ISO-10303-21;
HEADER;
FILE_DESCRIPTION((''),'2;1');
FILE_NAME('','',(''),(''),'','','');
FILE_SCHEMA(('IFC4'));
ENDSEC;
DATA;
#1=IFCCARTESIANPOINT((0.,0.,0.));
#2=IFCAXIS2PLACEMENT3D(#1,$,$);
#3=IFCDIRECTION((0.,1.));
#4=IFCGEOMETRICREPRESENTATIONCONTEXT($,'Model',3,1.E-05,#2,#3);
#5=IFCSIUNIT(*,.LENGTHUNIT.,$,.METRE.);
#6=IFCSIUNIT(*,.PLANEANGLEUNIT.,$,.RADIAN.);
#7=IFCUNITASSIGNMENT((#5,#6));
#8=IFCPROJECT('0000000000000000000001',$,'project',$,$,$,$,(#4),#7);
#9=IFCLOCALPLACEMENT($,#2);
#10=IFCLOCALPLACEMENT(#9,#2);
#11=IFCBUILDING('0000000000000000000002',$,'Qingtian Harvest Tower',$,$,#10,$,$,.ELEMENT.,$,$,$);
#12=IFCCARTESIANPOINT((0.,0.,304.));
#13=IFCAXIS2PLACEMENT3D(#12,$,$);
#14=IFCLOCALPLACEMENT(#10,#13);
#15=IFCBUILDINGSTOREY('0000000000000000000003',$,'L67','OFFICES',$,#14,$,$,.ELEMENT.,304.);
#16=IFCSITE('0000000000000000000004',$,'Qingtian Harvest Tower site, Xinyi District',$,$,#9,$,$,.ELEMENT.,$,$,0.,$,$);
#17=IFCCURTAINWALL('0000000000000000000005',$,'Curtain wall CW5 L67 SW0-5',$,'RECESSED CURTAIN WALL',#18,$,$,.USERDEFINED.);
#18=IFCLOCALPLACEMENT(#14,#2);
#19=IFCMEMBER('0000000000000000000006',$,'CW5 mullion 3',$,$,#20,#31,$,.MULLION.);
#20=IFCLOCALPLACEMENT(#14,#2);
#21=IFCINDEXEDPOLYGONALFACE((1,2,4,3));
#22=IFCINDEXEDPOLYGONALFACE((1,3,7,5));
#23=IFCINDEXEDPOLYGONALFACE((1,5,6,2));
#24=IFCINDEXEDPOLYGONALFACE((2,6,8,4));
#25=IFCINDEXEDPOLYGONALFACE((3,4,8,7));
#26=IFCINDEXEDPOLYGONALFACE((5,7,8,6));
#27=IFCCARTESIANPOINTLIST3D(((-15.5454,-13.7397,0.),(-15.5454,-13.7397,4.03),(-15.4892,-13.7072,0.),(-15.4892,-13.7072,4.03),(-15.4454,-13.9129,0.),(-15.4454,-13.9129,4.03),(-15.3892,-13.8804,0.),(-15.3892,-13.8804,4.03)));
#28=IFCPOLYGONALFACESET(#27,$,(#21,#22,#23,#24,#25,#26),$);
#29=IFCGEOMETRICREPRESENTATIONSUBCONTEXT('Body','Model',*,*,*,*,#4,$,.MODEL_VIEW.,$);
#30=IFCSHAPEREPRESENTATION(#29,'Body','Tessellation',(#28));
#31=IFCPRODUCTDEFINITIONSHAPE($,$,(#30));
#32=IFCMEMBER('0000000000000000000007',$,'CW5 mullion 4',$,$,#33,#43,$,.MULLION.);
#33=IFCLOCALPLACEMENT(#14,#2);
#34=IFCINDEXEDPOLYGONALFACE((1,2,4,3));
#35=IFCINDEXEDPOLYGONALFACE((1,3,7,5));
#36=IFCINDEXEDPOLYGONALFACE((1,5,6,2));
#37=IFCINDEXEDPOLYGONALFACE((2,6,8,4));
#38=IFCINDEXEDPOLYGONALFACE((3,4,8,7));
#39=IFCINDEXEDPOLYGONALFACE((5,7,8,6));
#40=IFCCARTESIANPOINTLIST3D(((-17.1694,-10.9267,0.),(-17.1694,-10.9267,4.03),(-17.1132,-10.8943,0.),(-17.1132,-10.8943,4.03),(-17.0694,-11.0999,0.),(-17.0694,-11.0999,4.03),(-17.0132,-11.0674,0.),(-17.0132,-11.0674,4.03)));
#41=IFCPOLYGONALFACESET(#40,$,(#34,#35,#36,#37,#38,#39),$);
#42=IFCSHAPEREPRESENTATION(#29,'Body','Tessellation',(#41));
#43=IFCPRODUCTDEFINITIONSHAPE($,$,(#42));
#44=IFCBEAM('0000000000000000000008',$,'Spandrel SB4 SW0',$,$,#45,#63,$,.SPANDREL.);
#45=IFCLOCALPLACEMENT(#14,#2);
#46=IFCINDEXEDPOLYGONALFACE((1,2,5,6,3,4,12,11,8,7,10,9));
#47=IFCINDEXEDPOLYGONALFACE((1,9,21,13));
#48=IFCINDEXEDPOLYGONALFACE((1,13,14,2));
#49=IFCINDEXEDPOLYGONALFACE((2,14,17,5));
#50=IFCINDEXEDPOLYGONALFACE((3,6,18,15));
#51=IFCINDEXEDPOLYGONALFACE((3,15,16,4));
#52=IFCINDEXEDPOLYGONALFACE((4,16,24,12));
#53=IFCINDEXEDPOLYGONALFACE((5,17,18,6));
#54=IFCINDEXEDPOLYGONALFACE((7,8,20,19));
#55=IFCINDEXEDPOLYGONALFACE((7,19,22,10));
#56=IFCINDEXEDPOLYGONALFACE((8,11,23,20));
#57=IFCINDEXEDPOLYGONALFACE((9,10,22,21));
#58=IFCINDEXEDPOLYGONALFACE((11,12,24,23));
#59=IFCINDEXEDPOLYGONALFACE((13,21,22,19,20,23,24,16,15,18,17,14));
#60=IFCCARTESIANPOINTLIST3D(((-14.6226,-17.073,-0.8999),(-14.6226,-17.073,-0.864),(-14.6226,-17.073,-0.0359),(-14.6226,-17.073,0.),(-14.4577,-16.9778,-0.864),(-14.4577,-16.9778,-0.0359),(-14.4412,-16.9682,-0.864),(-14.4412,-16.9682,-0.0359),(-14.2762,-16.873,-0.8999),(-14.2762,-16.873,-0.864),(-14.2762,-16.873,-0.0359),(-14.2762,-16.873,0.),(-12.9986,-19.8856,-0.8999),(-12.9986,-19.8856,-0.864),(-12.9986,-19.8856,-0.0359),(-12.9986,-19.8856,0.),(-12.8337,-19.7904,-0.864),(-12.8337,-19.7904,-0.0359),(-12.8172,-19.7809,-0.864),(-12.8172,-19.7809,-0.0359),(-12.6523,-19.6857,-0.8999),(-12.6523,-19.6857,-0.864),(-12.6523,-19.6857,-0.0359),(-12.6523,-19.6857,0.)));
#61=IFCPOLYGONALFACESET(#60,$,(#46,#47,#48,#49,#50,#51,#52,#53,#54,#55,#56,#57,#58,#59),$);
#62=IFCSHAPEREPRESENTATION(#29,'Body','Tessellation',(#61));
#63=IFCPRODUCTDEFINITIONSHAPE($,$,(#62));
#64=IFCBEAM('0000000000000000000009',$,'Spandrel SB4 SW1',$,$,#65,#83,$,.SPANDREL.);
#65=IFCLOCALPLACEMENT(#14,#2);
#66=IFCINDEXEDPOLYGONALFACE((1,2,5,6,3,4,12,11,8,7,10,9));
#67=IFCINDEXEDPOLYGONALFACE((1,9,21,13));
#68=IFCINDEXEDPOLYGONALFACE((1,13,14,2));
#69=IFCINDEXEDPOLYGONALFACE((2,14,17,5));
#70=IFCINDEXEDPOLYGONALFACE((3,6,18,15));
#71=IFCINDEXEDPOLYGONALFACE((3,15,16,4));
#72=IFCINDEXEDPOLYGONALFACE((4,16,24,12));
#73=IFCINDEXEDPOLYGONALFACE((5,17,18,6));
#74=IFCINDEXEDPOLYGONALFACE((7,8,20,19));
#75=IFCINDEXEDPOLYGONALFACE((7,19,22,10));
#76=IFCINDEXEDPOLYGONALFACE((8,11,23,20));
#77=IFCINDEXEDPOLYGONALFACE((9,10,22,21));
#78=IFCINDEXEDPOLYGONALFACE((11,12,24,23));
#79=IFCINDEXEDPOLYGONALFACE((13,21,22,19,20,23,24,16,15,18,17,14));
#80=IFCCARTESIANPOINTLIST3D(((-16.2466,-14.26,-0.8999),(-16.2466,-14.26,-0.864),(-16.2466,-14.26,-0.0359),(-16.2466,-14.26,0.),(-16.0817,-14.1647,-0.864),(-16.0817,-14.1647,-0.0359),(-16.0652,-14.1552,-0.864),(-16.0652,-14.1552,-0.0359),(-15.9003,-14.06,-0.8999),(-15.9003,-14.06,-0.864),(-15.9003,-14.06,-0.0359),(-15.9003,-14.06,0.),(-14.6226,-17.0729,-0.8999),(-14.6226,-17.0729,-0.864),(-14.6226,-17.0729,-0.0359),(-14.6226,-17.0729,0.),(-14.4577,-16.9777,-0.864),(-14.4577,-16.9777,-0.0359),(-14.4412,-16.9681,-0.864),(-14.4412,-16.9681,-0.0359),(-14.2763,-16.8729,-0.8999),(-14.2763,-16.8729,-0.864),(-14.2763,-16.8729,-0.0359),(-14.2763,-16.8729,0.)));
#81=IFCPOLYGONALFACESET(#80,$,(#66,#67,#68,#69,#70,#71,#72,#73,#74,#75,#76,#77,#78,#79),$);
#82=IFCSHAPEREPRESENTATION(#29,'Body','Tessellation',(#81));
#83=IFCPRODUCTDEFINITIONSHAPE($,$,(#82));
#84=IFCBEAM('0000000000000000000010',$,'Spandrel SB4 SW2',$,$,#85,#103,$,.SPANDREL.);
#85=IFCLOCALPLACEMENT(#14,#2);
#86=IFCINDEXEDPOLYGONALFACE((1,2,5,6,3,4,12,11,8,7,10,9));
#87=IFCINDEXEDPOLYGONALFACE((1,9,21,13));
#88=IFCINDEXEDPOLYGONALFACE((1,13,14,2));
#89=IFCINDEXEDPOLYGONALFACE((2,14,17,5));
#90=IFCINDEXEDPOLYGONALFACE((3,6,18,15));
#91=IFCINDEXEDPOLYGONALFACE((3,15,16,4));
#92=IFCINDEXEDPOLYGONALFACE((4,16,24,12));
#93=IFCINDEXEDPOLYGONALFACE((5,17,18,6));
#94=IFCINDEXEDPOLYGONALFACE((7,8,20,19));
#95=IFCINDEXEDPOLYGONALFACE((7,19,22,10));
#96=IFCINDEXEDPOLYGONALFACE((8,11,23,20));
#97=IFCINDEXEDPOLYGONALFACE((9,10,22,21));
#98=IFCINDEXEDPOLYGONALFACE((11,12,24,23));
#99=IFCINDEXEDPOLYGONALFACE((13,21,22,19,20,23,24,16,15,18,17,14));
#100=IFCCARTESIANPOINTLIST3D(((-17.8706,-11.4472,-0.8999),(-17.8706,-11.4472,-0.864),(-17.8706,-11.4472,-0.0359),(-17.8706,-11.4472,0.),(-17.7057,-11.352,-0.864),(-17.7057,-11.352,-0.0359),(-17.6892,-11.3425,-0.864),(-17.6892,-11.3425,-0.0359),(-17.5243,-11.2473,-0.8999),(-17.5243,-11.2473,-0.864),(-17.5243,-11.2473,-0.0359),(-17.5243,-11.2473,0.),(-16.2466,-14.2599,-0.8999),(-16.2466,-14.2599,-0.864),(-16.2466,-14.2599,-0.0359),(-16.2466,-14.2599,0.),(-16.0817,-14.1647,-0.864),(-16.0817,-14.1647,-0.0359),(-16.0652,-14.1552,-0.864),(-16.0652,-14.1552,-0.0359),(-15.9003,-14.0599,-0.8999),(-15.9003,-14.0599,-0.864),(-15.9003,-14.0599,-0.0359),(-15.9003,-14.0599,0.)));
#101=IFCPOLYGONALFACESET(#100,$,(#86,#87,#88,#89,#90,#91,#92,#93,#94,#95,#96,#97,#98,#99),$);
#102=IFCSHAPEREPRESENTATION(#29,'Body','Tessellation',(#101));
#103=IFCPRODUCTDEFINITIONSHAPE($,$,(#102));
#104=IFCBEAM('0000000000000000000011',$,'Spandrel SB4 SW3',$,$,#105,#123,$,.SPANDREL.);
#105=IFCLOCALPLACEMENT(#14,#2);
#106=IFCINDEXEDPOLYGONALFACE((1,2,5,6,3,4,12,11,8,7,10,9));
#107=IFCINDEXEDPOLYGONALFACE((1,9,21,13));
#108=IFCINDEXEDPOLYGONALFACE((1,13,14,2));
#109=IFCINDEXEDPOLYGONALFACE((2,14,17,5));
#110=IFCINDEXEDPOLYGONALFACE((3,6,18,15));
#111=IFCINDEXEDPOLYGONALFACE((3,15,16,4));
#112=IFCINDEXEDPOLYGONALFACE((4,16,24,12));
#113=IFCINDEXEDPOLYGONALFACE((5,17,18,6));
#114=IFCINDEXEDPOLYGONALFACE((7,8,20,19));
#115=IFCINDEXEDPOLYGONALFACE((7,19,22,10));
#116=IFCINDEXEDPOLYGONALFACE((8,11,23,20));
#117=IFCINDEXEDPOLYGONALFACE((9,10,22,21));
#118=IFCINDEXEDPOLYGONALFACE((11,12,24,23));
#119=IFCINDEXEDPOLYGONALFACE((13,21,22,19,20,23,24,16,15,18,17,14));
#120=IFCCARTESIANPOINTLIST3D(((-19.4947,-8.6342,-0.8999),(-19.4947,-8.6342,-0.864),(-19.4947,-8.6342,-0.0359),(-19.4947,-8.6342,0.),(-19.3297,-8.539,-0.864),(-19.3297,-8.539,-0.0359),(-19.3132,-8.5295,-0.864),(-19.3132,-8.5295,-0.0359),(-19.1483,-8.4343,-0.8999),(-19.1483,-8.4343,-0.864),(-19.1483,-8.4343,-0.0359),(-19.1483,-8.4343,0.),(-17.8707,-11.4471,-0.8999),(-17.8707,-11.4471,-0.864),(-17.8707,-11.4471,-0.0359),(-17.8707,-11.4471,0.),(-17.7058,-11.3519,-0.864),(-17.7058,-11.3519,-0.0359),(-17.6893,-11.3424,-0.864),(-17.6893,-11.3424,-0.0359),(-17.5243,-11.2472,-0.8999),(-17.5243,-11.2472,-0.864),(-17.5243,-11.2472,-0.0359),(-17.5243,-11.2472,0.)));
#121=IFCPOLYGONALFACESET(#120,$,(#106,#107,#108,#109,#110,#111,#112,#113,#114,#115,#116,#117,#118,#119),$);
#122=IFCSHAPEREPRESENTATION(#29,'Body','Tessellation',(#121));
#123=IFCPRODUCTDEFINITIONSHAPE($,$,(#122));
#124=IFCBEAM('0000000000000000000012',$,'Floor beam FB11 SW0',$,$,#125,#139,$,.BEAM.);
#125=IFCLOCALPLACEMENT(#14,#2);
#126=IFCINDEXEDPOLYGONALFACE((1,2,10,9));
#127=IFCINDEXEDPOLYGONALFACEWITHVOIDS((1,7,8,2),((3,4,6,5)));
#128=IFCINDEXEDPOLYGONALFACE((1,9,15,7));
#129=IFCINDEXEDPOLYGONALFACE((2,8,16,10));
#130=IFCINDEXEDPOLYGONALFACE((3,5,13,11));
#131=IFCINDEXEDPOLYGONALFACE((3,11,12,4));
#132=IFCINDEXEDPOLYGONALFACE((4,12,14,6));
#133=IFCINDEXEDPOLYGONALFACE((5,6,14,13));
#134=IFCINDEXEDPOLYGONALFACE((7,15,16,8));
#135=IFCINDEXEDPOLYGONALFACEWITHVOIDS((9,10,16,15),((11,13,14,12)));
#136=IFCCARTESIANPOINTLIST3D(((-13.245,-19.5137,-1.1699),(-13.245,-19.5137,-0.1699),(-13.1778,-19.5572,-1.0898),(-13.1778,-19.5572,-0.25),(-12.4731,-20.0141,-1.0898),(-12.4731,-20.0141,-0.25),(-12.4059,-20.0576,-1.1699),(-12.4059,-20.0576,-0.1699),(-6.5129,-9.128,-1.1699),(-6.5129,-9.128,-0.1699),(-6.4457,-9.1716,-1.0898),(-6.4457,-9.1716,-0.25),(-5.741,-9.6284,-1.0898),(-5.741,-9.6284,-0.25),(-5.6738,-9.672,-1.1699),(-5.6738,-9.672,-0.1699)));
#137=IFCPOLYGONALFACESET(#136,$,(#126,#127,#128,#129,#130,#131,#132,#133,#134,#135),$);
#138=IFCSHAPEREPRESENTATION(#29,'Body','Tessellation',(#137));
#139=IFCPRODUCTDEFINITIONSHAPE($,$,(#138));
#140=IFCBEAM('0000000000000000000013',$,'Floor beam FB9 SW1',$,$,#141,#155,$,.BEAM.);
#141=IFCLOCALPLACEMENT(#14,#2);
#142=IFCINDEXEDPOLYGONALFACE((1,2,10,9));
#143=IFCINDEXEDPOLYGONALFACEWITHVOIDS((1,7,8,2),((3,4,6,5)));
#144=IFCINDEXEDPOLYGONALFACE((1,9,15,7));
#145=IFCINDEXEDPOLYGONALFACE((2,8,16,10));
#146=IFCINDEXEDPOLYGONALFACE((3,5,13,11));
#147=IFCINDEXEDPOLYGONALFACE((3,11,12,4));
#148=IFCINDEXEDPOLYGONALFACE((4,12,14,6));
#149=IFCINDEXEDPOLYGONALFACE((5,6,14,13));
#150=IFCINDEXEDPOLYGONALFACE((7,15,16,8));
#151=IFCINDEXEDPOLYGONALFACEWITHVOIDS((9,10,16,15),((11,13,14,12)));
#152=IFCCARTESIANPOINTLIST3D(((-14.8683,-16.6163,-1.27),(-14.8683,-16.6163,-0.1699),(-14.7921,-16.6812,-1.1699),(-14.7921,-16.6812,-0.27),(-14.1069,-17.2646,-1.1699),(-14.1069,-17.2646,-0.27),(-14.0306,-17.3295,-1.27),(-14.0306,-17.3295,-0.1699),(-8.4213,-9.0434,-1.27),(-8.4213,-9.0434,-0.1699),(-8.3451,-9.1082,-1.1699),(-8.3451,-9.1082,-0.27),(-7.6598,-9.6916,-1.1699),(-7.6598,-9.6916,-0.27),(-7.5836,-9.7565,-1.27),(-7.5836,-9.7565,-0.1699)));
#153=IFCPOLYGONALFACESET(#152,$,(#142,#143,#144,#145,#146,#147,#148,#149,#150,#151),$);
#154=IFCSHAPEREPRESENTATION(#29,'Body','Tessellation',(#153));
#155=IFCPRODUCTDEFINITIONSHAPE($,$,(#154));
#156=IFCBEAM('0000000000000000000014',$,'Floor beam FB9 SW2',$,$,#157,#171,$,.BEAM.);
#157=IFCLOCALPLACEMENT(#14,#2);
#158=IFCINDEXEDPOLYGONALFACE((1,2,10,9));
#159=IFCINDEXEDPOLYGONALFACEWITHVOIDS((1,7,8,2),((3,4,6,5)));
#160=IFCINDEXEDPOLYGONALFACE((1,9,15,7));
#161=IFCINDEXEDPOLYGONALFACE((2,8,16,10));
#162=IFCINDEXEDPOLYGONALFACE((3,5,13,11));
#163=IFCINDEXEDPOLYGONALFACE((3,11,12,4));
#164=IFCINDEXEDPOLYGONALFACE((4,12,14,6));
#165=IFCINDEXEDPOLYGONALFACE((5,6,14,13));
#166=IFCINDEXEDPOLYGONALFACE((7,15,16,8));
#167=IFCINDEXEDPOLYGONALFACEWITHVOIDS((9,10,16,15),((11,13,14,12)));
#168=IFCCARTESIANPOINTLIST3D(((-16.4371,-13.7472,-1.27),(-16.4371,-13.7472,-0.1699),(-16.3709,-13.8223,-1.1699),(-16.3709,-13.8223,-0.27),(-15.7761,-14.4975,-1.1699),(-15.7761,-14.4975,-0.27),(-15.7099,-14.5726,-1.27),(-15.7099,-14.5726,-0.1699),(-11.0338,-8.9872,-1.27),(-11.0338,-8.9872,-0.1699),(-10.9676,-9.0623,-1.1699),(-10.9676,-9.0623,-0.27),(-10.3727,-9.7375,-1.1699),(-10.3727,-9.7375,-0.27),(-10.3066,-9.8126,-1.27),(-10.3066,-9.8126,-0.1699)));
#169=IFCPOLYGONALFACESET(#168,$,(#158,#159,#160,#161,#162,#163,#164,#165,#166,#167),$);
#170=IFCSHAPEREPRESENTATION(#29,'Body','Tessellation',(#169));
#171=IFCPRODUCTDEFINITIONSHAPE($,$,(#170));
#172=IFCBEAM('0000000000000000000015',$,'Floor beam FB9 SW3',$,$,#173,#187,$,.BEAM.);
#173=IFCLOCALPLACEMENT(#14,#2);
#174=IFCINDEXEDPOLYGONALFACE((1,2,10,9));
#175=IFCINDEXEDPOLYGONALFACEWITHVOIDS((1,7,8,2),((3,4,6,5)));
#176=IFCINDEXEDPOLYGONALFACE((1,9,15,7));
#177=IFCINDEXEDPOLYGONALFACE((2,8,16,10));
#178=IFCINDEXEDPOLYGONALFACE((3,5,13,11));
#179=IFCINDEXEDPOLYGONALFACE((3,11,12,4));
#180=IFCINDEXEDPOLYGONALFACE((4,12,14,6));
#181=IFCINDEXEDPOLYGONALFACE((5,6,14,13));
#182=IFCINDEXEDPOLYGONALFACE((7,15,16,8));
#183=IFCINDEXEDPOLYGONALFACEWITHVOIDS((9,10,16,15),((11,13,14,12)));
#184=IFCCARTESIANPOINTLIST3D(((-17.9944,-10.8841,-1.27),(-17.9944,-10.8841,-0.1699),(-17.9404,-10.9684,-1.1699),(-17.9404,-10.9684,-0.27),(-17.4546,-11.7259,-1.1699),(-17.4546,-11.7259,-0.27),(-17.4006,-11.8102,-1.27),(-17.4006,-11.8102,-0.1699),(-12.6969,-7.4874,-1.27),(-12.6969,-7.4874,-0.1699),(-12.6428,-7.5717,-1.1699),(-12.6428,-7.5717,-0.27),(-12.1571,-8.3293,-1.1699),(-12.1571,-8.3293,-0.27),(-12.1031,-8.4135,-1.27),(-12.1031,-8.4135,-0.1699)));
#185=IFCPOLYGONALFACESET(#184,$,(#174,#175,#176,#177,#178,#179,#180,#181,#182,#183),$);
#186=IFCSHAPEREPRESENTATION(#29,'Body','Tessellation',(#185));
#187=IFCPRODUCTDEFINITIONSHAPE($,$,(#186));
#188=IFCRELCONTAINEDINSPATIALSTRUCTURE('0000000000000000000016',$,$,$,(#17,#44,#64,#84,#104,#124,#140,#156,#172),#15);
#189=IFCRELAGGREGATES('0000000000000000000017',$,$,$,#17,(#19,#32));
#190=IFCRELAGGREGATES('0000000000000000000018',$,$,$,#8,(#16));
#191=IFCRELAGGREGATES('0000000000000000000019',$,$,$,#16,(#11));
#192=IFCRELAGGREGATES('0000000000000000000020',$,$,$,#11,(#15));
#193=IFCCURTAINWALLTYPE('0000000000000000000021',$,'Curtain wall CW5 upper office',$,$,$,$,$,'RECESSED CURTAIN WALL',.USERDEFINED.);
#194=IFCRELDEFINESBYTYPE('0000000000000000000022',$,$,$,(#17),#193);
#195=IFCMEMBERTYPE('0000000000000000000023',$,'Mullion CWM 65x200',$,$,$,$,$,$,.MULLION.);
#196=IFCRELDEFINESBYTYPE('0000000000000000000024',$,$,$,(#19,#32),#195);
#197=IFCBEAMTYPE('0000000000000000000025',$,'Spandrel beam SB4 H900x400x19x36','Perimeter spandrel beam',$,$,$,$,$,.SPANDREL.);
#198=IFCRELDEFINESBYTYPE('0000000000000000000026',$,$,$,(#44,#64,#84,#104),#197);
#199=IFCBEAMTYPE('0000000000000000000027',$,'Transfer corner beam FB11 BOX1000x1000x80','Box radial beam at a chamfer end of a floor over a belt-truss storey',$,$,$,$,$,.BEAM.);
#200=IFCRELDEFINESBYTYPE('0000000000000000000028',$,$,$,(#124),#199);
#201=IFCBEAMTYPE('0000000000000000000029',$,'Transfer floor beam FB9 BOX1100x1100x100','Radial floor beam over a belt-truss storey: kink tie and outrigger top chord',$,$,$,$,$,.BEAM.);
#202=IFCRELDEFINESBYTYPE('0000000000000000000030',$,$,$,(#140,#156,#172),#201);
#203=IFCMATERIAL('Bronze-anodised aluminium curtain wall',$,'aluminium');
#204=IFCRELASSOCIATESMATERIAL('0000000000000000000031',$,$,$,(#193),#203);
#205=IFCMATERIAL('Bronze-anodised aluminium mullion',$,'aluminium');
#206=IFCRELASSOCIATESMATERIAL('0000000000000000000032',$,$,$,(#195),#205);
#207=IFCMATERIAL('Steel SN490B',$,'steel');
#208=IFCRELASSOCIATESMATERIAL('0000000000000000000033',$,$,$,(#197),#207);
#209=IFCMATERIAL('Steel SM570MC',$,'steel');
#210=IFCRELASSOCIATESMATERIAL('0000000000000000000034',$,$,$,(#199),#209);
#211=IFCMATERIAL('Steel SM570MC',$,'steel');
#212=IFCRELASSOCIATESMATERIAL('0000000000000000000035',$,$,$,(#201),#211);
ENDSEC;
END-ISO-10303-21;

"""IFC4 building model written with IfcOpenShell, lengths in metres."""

from ifc_helpers import new_model, si_unit, direction, frame, origin, origin_2d, place, context, subcontext, project, spatial, rectangle, hollow_rectangle, i_section, extrude, material, material_profile, profile_set, type_object, element, aggregate, save


model = new_model("IFC4")

# Units and contexts
model_context = context("Model", 3, precision=1e-05, world=origin(), true_north=direction((0.0, 1.0)))
body_context = subcontext(model_context, "Body", "Model", "MODEL_VIEW")
ifc_project = project(units=[si_unit("LENGTHUNIT", "METRE"), si_unit("PLANEANGLEUNIT", "RADIAN")], contexts=[model_context])

# Site, building, storey
site_placement = place(None, origin())
site = spatial("IfcSite", under=ifc_project, at=site_placement, Name="Qingtian Harvest Tower site, Xinyi District", CompositionType="ELEMENT", RefElevation=0.0)
building_placement = place(site_placement, origin())
building = spatial("IfcBuilding", under=site, at=building_placement, Name="Qingtian Harvest Tower", CompositionType="ELEMENT")
storey_placement = place(building_placement, frame((0.0, 0.0, 304.0)))
storey = spatial("IfcBuildingStorey", under=building, at=storey_placement, Name="L67", Description="OFFICES", CompositionType="ELEMENT", Elevation=304.0)

# Shared definitions
ifc_material_1 = material(Name="Bronze-anodised aluminium curtain wall", Category="aluminium")
curtain_wall_type = type_object("IfcCurtainWallType", Name="Curtain wall CW5 upper office", ElementType="RECESSED CURTAIN WALL", PredefinedType="USERDEFINED", material=ifc_material_1)
ifc_material_2 = material(Name="Bronze-anodised aluminium mullion", Category="aluminium")
ifc_material_profile_1 = material_profile(ifc_material_2, rectangle(XDim=0.0649, YDim=0.2, at=origin_2d()), Name="AL 65x200")
ifc_profile_set_1 = profile_set([ifc_material_profile_1], Name="Bronze-anodised aluminium mullion")
member_type_1 = type_object("IfcMemberType", Name="Mullion CWM 65x200", PredefinedType="MULLION", material=ifc_profile_set_1)

# Curtain wall, members
curtain_wall_1_placement = place(storey_placement, origin())
curtain_wall_1 = element("IfcCurtainWall", 1, at=curtain_wall_1_placement, inside=storey, type_object=curtain_wall_type, Name="Curtain wall CW5 L67 SW0-5", ObjectType="RECESSED CURTAIN WALL", PredefinedType="USERDEFINED")
member_1_placement = place(storey_placement, frame((-15.4673, -13.8101, 0.0), z_axis=(0.0, 0.0, 1.0), x_axis=(-0.866025, -0.5, 0.0)))
member_1 = element("IfcMember", 2, at=member_1_placement, type_object=member_type_1, Name="CW5 mullion 3", PredefinedType="MULLION", context=body_context, shape_type="SweptSolid", body=[
    extrude(rectangle(XDim=0.0649, YDim=0.2, at=origin_2d()), origin(), (0.0, 0.0, 1.0), 4.03),
])
member_2_placement = place(storey_placement, frame((-17.0913, -10.9971, 0.0), z_axis=(0.0, 0.0, 1.0), x_axis=(-0.866025, -0.5, 0.0)))
member_2 = element("IfcMember", 3, at=member_2_placement, type_object=member_type_1, Name="CW5 mullion 4", PredefinedType="MULLION", context=body_context, shape_type="SweptSolid", body=[
    extrude(rectangle(XDim=0.0649, YDim=0.2, at=origin_2d()), origin(), (0.0, 0.0, 1.0), 4.03),
])

# Beams
ifc_material_3 = material(Name="Steel SN490B", Category="steel")
ifc_material_profile_2 = material_profile(ifc_material_3, i_section(OverallWidth=0.3999, OverallDepth=0.8999, WebThickness=0.019, FlangeThickness=0.0359, at=origin_2d()), Name="H900x400x19x36")
ifc_profile_set_2 = profile_set([ifc_material_profile_2], Name="Steel SN490B")
beam_type_1 = type_object("IfcBeamType", Name="Spandrel beam SB4 H900x400x19x36", Description="Perimeter spandrel beam", PredefinedType="SPANDREL", material=ifc_profile_set_2)
beam_1_placement = place(storey_placement, frame((-12.8254, -19.7856, -0.45), z_axis=(-0.50002, 0.866014, 0.0), x_axis=(-0.866014, -0.50002, 0.0)))
element("IfcBeam", 4, at=beam_1_placement, inside=storey, type_object=beam_type_1, Name="Spandrel SB4 SW0", PredefinedType="SPANDREL", context=body_context, shape_type="SweptSolid", body=[
    extrude(i_section(OverallWidth=0.3999, OverallDepth=0.8999, WebThickness=0.019, FlangeThickness=0.0359, at=origin_2d()), origin(), (0.0, 0.0, 1.0), 3.2478),
])
beam_2_placement = place(storey_placement, frame((-14.4495, -16.9729, -0.45), z_axis=(-0.499987, 0.866033, 0.0), x_axis=(-0.866033, -0.499987, 0.0)))
element("IfcBeam", 5, at=beam_2_placement, inside=storey, type_object=beam_type_1, Name="Spandrel SB4 SW1", PredefinedType="SPANDREL", context=body_context, shape_type="SweptSolid", body=[
    extrude(i_section(OverallWidth=0.3999, OverallDepth=0.8999, WebThickness=0.019, FlangeThickness=0.0359, at=origin_2d()), origin(), (0.0, 0.0, 1.0), 3.248),
])
beam_3_placement = place(storey_placement, frame((-16.0735, -14.1599, -0.45), z_axis=(-0.50002, 0.866014, 0.0), x_axis=(-0.866014, -0.50002, 0.0)))
element("IfcBeam", 6, at=beam_3_placement, inside=storey, type_object=beam_type_1, Name="Spandrel SB4 SW2", PredefinedType="SPANDREL", context=body_context, shape_type="SweptSolid", body=[
    extrude(i_section(OverallWidth=0.3999, OverallDepth=0.8999, WebThickness=0.019, FlangeThickness=0.0359, at=origin_2d()), origin(), (0.0, 0.0, 1.0), 3.2478),
])
beam_4_placement = place(storey_placement, frame((-17.6975, -11.3472, -0.45), z_axis=(-0.499987, 0.866033, 0.0), x_axis=(-0.866033, -0.499987, 0.0)))
element("IfcBeam", 7, at=beam_4_placement, inside=storey, type_object=beam_type_1, Name="Spandrel SB4 SW3", PredefinedType="SPANDREL", context=body_context, shape_type="SweptSolid", body=[
    extrude(i_section(OverallWidth=0.3999, OverallDepth=0.8999, WebThickness=0.019, FlangeThickness=0.0359, at=origin_2d()), origin(), (0.0, 0.0, 1.0), 3.248),
])
ifc_material_4 = material(Name="Steel SM570MC", Category="steel")
ifc_material_profile_3 = material_profile(ifc_material_4, hollow_rectangle(XDim=1.0, YDim=1.0, WallThickness=0.0801, at=origin_2d()), Name="BOX1000x1000x80")
ifc_profile_set_3 = profile_set([ifc_material_profile_3], Name="Steel SM570MC")
beam_type_2 = type_object("IfcBeamType", Name="Transfer corner beam FB11 BOX1000x1000x80", Description="Box radial beam at a chamfer end of a floor over a belt-truss storey", PredefinedType="BEAM", material=ifc_profile_set_3)
beam_5_placement = place(storey_placement, frame((-12.8254, -19.7856, -0.6699), z_axis=(0.543934, 0.839128, 0.0), x_axis=(-0.839128, 0.543934, 0.0)))
element("IfcBeam", 8, at=beam_5_placement, inside=storey, type_object=beam_type_2, Name="Floor beam FB11 SW0", PredefinedType="BEAM", context=body_context, shape_type="SweptSolid", body=[
    extrude(hollow_rectangle(XDim=1.0, YDim=1.0, WallThickness=0.0801, at=origin_2d()), origin(), (0.0, 0.0, 1.0), 12.3767),
])
ifc_material_5 = material(Name="Steel SM570MC", Category="steel")
ifc_material_profile_4 = material_profile(ifc_material_5, hollow_rectangle(XDim=1.1001, YDim=1.1001, WallThickness=0.1001, at=origin_2d()), Name="BOX1100x1100x100")
ifc_profile_set_4 = profile_set([ifc_material_profile_4], Name="Steel SM570MC")
beam_type_3 = type_object("IfcBeamType", Name="Transfer floor beam FB9 BOX1100x1100x100", Description="Radial floor beam over a belt-truss storey: kink tie and outrigger top chord", PredefinedType="BEAM", material=ifc_profile_set_4)
beam_6_placement = place(storey_placement, frame((-14.4495, -16.9729, -0.72), z_axis=(0.64823, 0.761444, 0.0), x_axis=(-0.761444, 0.64823, 0.0)))
element("IfcBeam", 9, at=beam_6_placement, inside=storey, type_object=beam_type_3, Name="Floor beam FB9 SW1", PredefinedType="BEAM", context=body_context, shape_type="SweptSolid", body=[
    extrude(hollow_rectangle(XDim=1.1001, YDim=1.1001, WallThickness=0.1001, at=origin_2d()), origin(), (0.0, 0.0, 1.0), 9.9456),
])
beam_7_placement = place(storey_placement, frame((-16.0735, -14.1599, -0.72), z_axis=(0.750363, 0.661026, 0.0), x_axis=(-0.661026, 0.750363, 0.0)))
element("IfcBeam", 10, at=beam_7_placement, inside=storey, type_object=beam_type_3, Name="Floor beam FB9 SW2", PredefinedType="BEAM", context=body_context, shape_type="SweptSolid", body=[
    extrude(hollow_rectangle(XDim=1.1001, YDim=1.1001, WallThickness=0.1001, at=origin_2d()), origin(), (0.0, 0.0, 1.0), 7.2009),
])
beam_8_placement = place(storey_placement, frame((-17.6975, -11.3472, -0.72), z_axis=(0.841819, 0.539759, 0.0), x_axis=(-0.539759, 0.841819, 0.0)))
element("IfcBeam", 11, at=beam_8_placement, inside=storey, type_object=beam_type_3, Name="Floor beam FB9 SW3", PredefinedType="BEAM", context=body_context, shape_type="SweptSolid", body=[
    extrude(hollow_rectangle(XDim=1.1001, YDim=1.1001, WallThickness=0.1001, at=origin_2d()), origin(), (0.0, 0.0, 1.0), 6.293),
])

aggregate(curtain_wall_1, [member_1, member_2])

save(model, "model.ifc")
